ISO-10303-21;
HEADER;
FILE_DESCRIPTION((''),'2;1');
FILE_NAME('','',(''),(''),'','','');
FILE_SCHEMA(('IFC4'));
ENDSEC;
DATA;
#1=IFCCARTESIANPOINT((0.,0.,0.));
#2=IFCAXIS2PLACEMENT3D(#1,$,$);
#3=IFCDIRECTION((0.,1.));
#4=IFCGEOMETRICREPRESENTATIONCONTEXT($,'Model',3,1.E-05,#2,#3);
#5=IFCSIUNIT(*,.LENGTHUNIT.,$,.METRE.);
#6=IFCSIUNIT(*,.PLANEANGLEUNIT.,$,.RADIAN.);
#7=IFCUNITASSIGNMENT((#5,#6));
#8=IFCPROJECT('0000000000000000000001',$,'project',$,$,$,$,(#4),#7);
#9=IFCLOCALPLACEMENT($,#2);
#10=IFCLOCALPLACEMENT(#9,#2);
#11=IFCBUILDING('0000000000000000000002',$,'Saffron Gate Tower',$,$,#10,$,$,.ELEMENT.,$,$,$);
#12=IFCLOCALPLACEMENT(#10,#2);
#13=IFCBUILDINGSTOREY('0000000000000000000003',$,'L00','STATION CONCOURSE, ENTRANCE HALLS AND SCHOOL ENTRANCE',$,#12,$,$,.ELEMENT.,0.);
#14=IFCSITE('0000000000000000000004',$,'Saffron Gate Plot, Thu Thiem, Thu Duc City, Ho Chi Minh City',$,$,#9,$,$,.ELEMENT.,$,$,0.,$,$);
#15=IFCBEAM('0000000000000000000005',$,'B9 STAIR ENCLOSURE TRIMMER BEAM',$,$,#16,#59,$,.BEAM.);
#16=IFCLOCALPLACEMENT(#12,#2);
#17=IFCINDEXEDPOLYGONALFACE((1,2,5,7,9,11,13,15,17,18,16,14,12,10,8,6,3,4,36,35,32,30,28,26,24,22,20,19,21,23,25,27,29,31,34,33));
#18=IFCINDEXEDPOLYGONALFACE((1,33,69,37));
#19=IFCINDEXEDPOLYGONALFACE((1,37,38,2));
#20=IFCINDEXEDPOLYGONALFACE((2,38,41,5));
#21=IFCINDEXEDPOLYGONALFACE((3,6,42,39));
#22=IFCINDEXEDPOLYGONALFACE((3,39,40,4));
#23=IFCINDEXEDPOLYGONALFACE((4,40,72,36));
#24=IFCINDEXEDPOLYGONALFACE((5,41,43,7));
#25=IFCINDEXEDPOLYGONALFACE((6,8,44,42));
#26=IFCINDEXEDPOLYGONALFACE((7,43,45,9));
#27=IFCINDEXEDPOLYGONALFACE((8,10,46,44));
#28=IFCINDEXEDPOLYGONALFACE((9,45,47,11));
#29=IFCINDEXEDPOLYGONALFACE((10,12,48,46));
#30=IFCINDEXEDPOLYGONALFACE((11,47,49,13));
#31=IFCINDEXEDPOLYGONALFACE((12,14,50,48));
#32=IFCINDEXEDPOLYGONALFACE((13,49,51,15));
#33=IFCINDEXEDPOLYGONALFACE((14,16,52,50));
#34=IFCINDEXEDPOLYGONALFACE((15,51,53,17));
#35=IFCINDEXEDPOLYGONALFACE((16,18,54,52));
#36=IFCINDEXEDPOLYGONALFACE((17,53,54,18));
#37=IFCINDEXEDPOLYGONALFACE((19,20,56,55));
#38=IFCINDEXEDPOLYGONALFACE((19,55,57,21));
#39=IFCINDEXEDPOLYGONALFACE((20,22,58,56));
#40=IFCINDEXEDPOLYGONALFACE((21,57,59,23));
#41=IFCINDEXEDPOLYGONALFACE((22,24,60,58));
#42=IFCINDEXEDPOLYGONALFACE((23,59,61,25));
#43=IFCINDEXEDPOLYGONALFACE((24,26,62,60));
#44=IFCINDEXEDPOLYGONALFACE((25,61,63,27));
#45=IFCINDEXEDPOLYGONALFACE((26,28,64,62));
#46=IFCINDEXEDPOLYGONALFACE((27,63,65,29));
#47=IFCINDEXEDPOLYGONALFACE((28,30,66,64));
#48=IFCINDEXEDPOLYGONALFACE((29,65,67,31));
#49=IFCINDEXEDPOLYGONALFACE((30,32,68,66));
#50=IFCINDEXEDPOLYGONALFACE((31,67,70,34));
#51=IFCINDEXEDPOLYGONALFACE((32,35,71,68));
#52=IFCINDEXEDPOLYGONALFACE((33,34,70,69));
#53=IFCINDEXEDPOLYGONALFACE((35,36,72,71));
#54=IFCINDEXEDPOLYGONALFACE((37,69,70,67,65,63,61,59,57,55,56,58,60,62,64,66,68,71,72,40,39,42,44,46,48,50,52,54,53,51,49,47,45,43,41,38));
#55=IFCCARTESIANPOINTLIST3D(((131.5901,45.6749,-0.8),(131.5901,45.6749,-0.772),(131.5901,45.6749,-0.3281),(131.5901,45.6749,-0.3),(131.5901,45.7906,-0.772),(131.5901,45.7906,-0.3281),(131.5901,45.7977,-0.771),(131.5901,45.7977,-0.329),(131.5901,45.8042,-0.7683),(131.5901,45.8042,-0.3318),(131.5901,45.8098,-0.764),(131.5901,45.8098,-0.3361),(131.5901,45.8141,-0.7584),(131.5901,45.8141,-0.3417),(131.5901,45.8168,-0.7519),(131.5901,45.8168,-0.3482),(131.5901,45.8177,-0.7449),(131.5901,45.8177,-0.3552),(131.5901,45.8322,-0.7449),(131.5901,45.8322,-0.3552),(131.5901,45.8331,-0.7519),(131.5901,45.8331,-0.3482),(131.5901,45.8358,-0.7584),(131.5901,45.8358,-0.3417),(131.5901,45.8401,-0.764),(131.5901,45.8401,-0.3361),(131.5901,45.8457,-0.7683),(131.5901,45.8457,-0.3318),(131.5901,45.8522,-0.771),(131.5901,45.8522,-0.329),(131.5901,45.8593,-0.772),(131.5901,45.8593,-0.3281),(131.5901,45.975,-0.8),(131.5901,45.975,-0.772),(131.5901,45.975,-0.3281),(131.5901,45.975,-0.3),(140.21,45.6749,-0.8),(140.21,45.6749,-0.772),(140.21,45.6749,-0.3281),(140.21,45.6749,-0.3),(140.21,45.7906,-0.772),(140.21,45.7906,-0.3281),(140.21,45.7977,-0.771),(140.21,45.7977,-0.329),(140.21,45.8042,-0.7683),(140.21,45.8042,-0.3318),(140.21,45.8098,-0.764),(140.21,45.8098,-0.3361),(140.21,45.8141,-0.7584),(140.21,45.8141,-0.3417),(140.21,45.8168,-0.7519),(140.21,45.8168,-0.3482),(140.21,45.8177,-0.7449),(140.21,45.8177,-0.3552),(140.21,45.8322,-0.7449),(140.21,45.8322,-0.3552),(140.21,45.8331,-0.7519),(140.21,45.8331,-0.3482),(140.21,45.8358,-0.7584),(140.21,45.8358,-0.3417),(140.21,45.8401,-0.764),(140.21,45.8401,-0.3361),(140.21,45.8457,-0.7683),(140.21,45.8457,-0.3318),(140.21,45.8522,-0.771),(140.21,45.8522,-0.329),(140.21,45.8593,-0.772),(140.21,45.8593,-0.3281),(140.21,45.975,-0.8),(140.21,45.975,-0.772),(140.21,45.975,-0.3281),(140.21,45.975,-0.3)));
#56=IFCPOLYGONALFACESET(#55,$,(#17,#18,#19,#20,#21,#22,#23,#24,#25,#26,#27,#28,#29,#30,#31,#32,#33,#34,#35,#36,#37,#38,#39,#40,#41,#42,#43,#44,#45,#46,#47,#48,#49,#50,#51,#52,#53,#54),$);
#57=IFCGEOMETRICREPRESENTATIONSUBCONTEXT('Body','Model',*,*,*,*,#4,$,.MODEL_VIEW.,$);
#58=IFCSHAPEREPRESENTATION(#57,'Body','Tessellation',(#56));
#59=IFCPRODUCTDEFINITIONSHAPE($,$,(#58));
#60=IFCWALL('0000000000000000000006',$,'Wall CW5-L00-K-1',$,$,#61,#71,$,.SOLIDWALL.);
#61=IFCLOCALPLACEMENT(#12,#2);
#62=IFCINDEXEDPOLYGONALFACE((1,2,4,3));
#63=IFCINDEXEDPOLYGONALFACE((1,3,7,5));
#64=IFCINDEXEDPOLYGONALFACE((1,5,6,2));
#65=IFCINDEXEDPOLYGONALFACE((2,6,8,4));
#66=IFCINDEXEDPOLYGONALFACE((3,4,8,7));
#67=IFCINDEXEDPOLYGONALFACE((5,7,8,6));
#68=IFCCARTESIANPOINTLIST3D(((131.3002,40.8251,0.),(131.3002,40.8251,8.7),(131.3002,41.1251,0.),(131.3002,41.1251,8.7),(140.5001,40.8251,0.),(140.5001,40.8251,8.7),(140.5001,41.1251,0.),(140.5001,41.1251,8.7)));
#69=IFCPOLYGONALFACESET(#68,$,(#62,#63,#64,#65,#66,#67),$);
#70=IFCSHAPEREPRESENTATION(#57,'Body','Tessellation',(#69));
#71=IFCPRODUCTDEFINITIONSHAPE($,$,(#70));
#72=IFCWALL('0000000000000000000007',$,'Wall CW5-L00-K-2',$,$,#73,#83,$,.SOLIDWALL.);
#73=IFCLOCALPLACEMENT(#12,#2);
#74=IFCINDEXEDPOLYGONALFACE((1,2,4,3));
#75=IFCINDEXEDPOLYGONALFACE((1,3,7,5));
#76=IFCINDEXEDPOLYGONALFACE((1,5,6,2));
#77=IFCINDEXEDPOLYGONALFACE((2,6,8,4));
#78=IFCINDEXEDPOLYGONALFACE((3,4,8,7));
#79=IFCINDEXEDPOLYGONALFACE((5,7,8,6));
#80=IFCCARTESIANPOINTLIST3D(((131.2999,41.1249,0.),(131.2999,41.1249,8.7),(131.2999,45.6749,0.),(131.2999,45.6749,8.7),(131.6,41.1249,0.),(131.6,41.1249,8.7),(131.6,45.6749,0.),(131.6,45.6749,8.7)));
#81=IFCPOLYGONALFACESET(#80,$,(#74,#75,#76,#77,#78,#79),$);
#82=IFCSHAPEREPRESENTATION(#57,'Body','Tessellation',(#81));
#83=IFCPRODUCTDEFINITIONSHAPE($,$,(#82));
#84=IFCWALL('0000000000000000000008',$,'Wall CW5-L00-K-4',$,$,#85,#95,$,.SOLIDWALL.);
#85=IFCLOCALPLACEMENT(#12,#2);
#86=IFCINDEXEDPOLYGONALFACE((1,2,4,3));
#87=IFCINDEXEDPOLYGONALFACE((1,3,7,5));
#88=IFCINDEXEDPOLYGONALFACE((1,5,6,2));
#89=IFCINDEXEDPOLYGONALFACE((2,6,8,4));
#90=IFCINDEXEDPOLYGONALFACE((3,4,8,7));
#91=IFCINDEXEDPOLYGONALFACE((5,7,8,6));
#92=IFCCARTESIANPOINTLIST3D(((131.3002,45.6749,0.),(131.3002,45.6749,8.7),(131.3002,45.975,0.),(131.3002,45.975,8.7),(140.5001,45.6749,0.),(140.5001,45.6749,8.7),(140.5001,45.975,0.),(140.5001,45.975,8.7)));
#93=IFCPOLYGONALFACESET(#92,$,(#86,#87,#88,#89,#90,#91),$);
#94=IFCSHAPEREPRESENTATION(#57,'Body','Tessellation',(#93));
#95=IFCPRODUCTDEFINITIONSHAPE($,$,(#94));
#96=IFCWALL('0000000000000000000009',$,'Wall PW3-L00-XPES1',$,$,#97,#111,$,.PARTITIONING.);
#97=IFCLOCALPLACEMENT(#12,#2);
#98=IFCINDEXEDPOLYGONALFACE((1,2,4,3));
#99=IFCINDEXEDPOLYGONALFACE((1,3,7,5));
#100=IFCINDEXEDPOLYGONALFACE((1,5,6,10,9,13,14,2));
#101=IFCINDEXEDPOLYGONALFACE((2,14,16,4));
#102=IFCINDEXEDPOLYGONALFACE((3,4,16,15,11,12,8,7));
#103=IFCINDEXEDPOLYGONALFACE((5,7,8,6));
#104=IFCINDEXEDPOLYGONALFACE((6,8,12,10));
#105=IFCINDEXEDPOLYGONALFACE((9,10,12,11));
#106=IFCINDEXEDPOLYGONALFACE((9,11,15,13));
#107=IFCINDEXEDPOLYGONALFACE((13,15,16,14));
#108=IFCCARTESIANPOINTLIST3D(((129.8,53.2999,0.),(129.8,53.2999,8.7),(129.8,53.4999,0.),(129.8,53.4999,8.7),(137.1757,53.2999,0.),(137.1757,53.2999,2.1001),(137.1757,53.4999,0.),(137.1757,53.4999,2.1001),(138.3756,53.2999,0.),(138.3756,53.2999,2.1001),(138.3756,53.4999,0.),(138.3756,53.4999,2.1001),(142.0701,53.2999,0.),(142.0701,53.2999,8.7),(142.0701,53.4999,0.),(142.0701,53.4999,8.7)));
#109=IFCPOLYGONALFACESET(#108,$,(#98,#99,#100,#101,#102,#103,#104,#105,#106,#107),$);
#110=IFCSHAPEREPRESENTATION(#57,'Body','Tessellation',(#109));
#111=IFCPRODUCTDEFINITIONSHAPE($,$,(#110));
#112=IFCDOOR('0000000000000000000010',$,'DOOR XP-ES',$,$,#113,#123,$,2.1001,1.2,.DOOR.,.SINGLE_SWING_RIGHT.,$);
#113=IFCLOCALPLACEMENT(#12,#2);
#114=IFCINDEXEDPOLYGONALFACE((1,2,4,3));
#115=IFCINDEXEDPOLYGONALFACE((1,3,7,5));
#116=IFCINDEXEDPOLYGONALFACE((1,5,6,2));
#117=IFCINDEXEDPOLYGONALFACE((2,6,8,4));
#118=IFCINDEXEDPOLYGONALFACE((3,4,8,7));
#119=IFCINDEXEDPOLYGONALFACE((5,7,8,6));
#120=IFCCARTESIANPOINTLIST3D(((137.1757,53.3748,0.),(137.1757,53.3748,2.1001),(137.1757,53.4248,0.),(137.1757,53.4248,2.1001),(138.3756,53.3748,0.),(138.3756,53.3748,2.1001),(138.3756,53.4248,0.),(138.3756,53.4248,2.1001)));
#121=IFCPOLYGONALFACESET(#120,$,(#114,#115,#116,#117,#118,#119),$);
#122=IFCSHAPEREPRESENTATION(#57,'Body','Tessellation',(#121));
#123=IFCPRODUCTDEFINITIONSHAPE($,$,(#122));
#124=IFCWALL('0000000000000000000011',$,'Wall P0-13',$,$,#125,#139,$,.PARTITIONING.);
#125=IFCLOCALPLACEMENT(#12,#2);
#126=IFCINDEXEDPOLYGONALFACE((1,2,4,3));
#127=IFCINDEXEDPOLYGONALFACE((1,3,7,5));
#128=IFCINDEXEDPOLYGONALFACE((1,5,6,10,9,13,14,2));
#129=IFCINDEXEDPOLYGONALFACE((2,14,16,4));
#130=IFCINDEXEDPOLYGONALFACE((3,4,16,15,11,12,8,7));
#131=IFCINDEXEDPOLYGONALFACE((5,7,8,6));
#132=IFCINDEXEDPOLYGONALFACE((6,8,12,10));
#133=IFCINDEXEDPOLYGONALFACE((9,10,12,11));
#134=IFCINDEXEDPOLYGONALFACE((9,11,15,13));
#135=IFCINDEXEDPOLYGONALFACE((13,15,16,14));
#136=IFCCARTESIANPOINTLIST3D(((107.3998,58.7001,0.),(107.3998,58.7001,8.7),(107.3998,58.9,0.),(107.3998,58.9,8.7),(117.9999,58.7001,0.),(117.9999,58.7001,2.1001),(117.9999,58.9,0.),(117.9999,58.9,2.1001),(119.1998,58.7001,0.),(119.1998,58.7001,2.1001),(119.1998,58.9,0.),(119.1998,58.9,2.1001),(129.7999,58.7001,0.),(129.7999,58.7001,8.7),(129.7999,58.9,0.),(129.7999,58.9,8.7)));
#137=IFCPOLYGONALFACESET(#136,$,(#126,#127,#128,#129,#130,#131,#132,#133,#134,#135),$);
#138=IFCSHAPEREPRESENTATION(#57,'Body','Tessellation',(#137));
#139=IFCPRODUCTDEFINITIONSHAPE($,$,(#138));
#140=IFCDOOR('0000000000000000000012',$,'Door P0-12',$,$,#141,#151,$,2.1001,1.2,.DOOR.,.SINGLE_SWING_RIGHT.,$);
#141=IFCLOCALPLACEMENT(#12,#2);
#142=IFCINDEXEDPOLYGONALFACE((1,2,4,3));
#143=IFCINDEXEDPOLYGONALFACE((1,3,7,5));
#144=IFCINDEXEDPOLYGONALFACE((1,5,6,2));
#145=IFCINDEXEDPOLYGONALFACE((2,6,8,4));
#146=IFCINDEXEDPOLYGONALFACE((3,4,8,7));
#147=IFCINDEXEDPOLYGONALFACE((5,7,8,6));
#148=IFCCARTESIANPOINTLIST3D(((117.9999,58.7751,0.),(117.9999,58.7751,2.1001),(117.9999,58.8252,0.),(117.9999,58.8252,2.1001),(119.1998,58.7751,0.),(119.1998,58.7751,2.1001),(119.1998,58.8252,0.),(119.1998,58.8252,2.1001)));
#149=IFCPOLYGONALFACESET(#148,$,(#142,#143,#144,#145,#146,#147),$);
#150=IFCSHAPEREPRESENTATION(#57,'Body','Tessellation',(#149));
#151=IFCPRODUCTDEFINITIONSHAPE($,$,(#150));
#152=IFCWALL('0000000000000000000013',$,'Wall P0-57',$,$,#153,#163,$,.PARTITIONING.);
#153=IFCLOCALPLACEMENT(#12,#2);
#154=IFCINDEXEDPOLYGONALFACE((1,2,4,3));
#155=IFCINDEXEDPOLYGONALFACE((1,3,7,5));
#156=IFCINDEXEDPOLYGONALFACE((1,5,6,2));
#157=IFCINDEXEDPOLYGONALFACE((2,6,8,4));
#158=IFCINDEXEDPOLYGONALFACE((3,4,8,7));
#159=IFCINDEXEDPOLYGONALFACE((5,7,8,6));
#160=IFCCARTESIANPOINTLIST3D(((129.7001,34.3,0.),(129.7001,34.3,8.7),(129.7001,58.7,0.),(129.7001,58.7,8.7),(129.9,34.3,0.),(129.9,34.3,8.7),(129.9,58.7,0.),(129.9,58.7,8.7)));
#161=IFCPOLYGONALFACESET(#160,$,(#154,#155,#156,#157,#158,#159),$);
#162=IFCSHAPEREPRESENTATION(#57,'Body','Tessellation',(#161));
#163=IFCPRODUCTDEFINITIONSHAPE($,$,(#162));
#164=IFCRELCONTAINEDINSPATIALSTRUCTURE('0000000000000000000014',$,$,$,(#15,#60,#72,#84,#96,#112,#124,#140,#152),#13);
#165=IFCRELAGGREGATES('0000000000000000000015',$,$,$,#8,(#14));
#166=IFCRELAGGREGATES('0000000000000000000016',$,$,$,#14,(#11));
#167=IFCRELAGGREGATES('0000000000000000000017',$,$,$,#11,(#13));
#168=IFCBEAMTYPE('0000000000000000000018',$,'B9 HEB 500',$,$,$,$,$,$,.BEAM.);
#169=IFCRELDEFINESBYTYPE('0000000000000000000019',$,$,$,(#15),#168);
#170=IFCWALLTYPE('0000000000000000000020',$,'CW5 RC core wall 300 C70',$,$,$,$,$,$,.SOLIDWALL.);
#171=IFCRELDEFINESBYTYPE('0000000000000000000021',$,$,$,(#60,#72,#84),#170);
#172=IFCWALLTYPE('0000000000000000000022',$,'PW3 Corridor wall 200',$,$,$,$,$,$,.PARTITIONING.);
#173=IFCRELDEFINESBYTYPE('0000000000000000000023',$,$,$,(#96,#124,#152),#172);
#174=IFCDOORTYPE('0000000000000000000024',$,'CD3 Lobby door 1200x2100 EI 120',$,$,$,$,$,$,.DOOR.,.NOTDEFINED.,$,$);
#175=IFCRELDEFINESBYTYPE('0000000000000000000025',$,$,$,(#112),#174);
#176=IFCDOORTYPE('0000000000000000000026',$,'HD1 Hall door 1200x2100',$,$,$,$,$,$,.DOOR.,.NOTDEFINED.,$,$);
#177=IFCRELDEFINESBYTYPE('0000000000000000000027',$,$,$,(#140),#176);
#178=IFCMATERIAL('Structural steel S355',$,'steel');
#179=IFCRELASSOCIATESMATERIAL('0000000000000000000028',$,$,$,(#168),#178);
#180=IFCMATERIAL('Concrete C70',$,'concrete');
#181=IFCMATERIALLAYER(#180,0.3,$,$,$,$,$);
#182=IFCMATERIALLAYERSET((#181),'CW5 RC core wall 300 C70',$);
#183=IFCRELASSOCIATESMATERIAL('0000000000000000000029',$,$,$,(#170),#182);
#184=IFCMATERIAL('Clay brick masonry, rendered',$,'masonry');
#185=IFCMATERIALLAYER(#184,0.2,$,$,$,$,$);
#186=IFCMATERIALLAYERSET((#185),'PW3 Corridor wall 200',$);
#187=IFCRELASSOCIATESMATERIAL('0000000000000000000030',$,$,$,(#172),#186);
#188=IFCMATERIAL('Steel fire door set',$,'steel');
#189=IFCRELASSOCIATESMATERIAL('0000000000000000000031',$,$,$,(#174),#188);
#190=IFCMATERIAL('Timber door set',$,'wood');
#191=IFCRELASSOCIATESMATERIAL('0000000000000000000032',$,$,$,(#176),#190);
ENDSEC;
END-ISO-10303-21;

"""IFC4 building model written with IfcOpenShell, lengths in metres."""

from ifc_helpers import new_model, si_unit, direction, frame, frame_2d, origin, origin_2d, place, context, subcontext, project, spatial, rectangle, i_section, extrude, material, layer, layer_set, material_profile, profile_set, type_object, element, fill, save


model = new_model("IFC4")

# Units and contexts
model_context = context("Model", 3, precision=1e-05, world=origin(), true_north=direction((0.0, 1.0)))
body_context = subcontext(model_context, "Body", "Model", "MODEL_VIEW")
ifc_project = project(units=[si_unit("LENGTHUNIT", "METRE"), si_unit("PLANEANGLEUNIT", "RADIAN")], contexts=[model_context])

# Site, building, storey
site_placement = place(None, origin())
site = spatial("IfcSite", under=ifc_project, at=site_placement, Name="Saffron Gate Plot, Thu Thiem, Thu Duc City, Ho Chi Minh City", CompositionType="ELEMENT", RefElevation=0.0)
building_placement = place(site_placement, origin())
building = spatial("IfcBuilding", under=site, at=building_placement, Name="Saffron Gate Tower", CompositionType="ELEMENT")
storey_placement = place(building_placement, origin())
storey = spatial("IfcBuildingStorey", under=building, at=storey_placement, Name="L00", Description="STATION CONCOURSE, ENTRANCE HALLS AND SCHOOL ENTRANCE", CompositionType="ELEMENT", Elevation=0.0)

# Beam
ifc_material_1 = material(Name="Structural steel S355", Category="steel")
ifc_material_profile_1 = material_profile(ifc_material_1, i_section(OverallWidth=0.3, OverallDepth=0.5, WebThickness=0.0144, FlangeThickness=0.0281, FilletRadius=0.0271, at=origin_2d()))
ifc_profile_set_1 = profile_set([ifc_material_profile_1], Name="Structural steel S355")
beam_type = type_object("IfcBeamType", Name="B9 HEB 500", PredefinedType="BEAM", material=ifc_profile_set_1)
for number, where, z_axis, x_axis, name in (
    (1, (131.5901, 45.825, -0.55), (1.0, 0.0, 0.0), (0.0, 1.0, 0.0), "B9 STAIR ENCLOSURE TRIMMER BEAM"),
):
    element("IfcBeam", number, at=place(storey_placement, frame(where, z_axis=z_axis, x_axis=x_axis)), inside=storey, type_object=beam_type, Name=name, PredefinedType="BEAM", context=body_context, shape_type="SweptSolid", body=[
        extrude(i_section(OverallWidth=0.3, OverallDepth=0.5, WebThickness=0.0144, FlangeThickness=0.0281, FilletRadius=0.0271, at=origin_2d()), origin(), (0.0, 0.0, 1.0), 8.6199),
    ])

# Walls
ifc_material_2 = material(Name="Concrete C70", Category="concrete")
ifc_layer_1 = layer(ifc_material_2, 0.3)
ifc_layer_set_1 = layer_set([ifc_layer_1], Name="CW5 RC core wall 300 C70")
wall_type_1 = type_object("IfcWallType", Name="CW5 RC core wall 300 C70", PredefinedType="SOLIDWALL", material=ifc_layer_set_1)
wall_1_placement = place(storey_placement, frame((131.3, 40.9751, 0.0), z_axis=(0.0, 0.0, 1.0), x_axis=(1.0, 0.0, 0.0)))
element("IfcWall", 2, at=wall_1_placement, inside=storey, type_object=wall_type_1, Name="Wall CW5-L00-K-1", PredefinedType="SOLIDWALL", context=body_context, shape_type="SweptSolid", body=[
    extrude(rectangle(XDim=9.2, YDim=0.3, at=frame_2d((4.6001, 0.0))), origin(), (0.0, 0.0, 1.0), 8.7),
])
wall_2_placement = place(storey_placement, frame((131.45, 41.125, 0.0), z_axis=(0.0, 0.0, 1.0), x_axis=(0.0, 1.0, 0.0)))
element("IfcWall", 3, at=wall_2_placement, inside=storey, type_object=wall_type_1, Name="Wall CW5-L00-K-2", PredefinedType="SOLIDWALL", context=body_context, shape_type="SweptSolid", body=[
    extrude(rectangle(XDim=4.55, YDim=0.3, at=frame_2d((2.2749, 0.0))), origin(), (0.0, 0.0, 1.0), 8.7),
])
wall_3_placement = place(storey_placement, frame((131.3, 45.825, 0.0), z_axis=(0.0, 0.0, 1.0), x_axis=(1.0, 0.0, 0.0)))
element("IfcWall", 4, at=wall_3_placement, inside=storey, type_object=wall_type_1, Name="Wall CW5-L00-K-4", PredefinedType="SOLIDWALL", context=body_context, shape_type="SweptSolid", body=[
    extrude(rectangle(XDim=9.2, YDim=0.3, at=frame_2d((4.6001, 0.0))), origin(), (0.0, 0.0, 1.0), 8.7),
])

# Walls, openings, doors
ifc_material_3 = material(Name="Clay brick masonry, rendered", Category="masonry")
ifc_layer_2 = layer(ifc_material_3, 0.2)
ifc_layer_set_2 = layer_set([ifc_layer_2], Name="PW3 Corridor wall 200")
wall_type_2 = type_object("IfcWallType", Name="PW3 Corridor wall 200", PredefinedType="PARTITIONING", material=ifc_layer_set_2)
wall_4_placement = place(storey_placement, frame((129.8, 53.3999, 0.0), z_axis=(0.0, 0.0, 1.0), x_axis=(1.0, 0.0, 0.0)))
wall_4 = element("IfcWall", 5, at=wall_4_placement, inside=storey, type_object=wall_type_2, Name="Wall PW3-L00-XPES1", PredefinedType="PARTITIONING", context=body_context, shape_type="SweptSolid", body=[
    extrude(rectangle(XDim=12.27, YDim=0.2, at=frame_2d((6.135, 0.0))), origin(), (0.0, 0.0, 1.0), 8.7),
])
opening_1_placement = place(wall_4_placement, frame((7.3755, 0.0, 0.0)))
opening_1 = element("IfcOpeningElement", 6, at=opening_1_placement, cuts=wall_4, PredefinedType="OPENING", context=body_context, shape_type="SweptSolid", body=[
    extrude(rectangle(XDim=1.2, YDim=2.1001, at=frame_2d((0.6001, 1.05))), frame((0.0, 0.1099, 0.0), z_axis=(0.0, -1.0, 0.0), x_axis=(1.0, 0.0, 0.0)), (0.0, 0.0, 1.0), 0.22),
])
ifc_material_4 = material(Name="Steel fire door set", Category="steel")
door_type_1 = type_object("IfcDoorType", Name="CD3 Lobby door 1200x2100 EI 120", OperationType="NOTDEFINED", PredefinedType="DOOR", material=ifc_material_4)
door_1_placement = place(opening_1_placement, origin())
door_1 = element("IfcDoor", 7, at=door_1_placement, inside=storey, type_object=door_type_1, Name="DOOR XP-ES", OperationType="SINGLE_SWING_RIGHT", OverallHeight=2.1001, OverallWidth=1.2, PredefinedType="DOOR", context=body_context, shape_type="SweptSolid", body=[
    extrude(rectangle(XDim=1.2, YDim=2.1001, at=frame_2d((0.6001, 1.05))), frame((0.0, 0.0249, 0.0), z_axis=(0.0, -1.0, 0.0), x_axis=(1.0, 0.0, 0.0)), (0.0, 0.0, 1.0), 0.05),
])
fill(opening_1, door_1)
wall_5_placement = place(storey_placement, frame((129.8, 58.8, 0.0), z_axis=(0.0, 0.0, 1.0), x_axis=(-1.0, 0.0, 0.0)))
wall_5 = element("IfcWall", 8, at=wall_5_placement, inside=storey, type_object=wall_type_2, Name="Wall P0-13", PredefinedType="PARTITIONING", context=body_context, shape_type="SweptSolid", body=[
    extrude(rectangle(XDim=22.4001, YDim=0.2, at=frame_2d((11.2002, 0.0))), origin(), (0.0, 0.0, 1.0), 8.7),
])
opening_2_placement = place(wall_5_placement, frame((10.6001, 0.0, 0.0)))
opening_2 = element("IfcOpeningElement", 9, at=opening_2_placement, cuts=wall_5, PredefinedType="OPENING", context=body_context, shape_type="SweptSolid", body=[
    extrude(rectangle(XDim=1.2, YDim=2.1001, at=frame_2d((0.6001, 1.05))), frame((0.0, 0.1099, 0.0), z_axis=(0.0, -1.0, 0.0), x_axis=(1.0, 0.0, 0.0)), (0.0, 0.0, 1.0), 0.22),
])
ifc_material_5 = material(Name="Timber door set", Category="wood")
door_type_2 = type_object("IfcDoorType", Name="HD1 Hall door 1200x2100", OperationType="NOTDEFINED", PredefinedType="DOOR", material=ifc_material_5)
door_2_placement = place(opening_2_placement, origin())
door_2 = element("IfcDoor", 10, at=door_2_placement, inside=storey, type_object=door_type_2, Name="Door P0-12", OperationType="SINGLE_SWING_RIGHT", OverallHeight=2.1001, OverallWidth=1.2, PredefinedType="DOOR", context=body_context, shape_type="SweptSolid", body=[
    extrude(rectangle(XDim=1.2, YDim=2.1001, at=frame_2d((0.6001, 1.05))), frame((0.0, 0.0249, 0.0), z_axis=(0.0, -1.0, 0.0), x_axis=(1.0, 0.0, 0.0)), (0.0, 0.0, 1.0), 0.05),
])
fill(opening_2, door_2)

# Wall
wall_6_placement = place(storey_placement, frame((129.8, 58.7, 0.0), z_axis=(0.0, 0.0, 1.0), x_axis=(0.0, -1.0, 0.0)))
element("IfcWall", 11, at=wall_6_placement, inside=storey, type_object=wall_type_2, Name="Wall P0-57", PredefinedType="PARTITIONING", context=body_context, shape_type="SweptSolid", body=[
    extrude(rectangle(XDim=24.3999, YDim=0.2, at=frame_2d((12.2, 0.0))), origin(), (0.0, 0.0, 1.0), 8.7),
])

save(model, "model.ifc")
